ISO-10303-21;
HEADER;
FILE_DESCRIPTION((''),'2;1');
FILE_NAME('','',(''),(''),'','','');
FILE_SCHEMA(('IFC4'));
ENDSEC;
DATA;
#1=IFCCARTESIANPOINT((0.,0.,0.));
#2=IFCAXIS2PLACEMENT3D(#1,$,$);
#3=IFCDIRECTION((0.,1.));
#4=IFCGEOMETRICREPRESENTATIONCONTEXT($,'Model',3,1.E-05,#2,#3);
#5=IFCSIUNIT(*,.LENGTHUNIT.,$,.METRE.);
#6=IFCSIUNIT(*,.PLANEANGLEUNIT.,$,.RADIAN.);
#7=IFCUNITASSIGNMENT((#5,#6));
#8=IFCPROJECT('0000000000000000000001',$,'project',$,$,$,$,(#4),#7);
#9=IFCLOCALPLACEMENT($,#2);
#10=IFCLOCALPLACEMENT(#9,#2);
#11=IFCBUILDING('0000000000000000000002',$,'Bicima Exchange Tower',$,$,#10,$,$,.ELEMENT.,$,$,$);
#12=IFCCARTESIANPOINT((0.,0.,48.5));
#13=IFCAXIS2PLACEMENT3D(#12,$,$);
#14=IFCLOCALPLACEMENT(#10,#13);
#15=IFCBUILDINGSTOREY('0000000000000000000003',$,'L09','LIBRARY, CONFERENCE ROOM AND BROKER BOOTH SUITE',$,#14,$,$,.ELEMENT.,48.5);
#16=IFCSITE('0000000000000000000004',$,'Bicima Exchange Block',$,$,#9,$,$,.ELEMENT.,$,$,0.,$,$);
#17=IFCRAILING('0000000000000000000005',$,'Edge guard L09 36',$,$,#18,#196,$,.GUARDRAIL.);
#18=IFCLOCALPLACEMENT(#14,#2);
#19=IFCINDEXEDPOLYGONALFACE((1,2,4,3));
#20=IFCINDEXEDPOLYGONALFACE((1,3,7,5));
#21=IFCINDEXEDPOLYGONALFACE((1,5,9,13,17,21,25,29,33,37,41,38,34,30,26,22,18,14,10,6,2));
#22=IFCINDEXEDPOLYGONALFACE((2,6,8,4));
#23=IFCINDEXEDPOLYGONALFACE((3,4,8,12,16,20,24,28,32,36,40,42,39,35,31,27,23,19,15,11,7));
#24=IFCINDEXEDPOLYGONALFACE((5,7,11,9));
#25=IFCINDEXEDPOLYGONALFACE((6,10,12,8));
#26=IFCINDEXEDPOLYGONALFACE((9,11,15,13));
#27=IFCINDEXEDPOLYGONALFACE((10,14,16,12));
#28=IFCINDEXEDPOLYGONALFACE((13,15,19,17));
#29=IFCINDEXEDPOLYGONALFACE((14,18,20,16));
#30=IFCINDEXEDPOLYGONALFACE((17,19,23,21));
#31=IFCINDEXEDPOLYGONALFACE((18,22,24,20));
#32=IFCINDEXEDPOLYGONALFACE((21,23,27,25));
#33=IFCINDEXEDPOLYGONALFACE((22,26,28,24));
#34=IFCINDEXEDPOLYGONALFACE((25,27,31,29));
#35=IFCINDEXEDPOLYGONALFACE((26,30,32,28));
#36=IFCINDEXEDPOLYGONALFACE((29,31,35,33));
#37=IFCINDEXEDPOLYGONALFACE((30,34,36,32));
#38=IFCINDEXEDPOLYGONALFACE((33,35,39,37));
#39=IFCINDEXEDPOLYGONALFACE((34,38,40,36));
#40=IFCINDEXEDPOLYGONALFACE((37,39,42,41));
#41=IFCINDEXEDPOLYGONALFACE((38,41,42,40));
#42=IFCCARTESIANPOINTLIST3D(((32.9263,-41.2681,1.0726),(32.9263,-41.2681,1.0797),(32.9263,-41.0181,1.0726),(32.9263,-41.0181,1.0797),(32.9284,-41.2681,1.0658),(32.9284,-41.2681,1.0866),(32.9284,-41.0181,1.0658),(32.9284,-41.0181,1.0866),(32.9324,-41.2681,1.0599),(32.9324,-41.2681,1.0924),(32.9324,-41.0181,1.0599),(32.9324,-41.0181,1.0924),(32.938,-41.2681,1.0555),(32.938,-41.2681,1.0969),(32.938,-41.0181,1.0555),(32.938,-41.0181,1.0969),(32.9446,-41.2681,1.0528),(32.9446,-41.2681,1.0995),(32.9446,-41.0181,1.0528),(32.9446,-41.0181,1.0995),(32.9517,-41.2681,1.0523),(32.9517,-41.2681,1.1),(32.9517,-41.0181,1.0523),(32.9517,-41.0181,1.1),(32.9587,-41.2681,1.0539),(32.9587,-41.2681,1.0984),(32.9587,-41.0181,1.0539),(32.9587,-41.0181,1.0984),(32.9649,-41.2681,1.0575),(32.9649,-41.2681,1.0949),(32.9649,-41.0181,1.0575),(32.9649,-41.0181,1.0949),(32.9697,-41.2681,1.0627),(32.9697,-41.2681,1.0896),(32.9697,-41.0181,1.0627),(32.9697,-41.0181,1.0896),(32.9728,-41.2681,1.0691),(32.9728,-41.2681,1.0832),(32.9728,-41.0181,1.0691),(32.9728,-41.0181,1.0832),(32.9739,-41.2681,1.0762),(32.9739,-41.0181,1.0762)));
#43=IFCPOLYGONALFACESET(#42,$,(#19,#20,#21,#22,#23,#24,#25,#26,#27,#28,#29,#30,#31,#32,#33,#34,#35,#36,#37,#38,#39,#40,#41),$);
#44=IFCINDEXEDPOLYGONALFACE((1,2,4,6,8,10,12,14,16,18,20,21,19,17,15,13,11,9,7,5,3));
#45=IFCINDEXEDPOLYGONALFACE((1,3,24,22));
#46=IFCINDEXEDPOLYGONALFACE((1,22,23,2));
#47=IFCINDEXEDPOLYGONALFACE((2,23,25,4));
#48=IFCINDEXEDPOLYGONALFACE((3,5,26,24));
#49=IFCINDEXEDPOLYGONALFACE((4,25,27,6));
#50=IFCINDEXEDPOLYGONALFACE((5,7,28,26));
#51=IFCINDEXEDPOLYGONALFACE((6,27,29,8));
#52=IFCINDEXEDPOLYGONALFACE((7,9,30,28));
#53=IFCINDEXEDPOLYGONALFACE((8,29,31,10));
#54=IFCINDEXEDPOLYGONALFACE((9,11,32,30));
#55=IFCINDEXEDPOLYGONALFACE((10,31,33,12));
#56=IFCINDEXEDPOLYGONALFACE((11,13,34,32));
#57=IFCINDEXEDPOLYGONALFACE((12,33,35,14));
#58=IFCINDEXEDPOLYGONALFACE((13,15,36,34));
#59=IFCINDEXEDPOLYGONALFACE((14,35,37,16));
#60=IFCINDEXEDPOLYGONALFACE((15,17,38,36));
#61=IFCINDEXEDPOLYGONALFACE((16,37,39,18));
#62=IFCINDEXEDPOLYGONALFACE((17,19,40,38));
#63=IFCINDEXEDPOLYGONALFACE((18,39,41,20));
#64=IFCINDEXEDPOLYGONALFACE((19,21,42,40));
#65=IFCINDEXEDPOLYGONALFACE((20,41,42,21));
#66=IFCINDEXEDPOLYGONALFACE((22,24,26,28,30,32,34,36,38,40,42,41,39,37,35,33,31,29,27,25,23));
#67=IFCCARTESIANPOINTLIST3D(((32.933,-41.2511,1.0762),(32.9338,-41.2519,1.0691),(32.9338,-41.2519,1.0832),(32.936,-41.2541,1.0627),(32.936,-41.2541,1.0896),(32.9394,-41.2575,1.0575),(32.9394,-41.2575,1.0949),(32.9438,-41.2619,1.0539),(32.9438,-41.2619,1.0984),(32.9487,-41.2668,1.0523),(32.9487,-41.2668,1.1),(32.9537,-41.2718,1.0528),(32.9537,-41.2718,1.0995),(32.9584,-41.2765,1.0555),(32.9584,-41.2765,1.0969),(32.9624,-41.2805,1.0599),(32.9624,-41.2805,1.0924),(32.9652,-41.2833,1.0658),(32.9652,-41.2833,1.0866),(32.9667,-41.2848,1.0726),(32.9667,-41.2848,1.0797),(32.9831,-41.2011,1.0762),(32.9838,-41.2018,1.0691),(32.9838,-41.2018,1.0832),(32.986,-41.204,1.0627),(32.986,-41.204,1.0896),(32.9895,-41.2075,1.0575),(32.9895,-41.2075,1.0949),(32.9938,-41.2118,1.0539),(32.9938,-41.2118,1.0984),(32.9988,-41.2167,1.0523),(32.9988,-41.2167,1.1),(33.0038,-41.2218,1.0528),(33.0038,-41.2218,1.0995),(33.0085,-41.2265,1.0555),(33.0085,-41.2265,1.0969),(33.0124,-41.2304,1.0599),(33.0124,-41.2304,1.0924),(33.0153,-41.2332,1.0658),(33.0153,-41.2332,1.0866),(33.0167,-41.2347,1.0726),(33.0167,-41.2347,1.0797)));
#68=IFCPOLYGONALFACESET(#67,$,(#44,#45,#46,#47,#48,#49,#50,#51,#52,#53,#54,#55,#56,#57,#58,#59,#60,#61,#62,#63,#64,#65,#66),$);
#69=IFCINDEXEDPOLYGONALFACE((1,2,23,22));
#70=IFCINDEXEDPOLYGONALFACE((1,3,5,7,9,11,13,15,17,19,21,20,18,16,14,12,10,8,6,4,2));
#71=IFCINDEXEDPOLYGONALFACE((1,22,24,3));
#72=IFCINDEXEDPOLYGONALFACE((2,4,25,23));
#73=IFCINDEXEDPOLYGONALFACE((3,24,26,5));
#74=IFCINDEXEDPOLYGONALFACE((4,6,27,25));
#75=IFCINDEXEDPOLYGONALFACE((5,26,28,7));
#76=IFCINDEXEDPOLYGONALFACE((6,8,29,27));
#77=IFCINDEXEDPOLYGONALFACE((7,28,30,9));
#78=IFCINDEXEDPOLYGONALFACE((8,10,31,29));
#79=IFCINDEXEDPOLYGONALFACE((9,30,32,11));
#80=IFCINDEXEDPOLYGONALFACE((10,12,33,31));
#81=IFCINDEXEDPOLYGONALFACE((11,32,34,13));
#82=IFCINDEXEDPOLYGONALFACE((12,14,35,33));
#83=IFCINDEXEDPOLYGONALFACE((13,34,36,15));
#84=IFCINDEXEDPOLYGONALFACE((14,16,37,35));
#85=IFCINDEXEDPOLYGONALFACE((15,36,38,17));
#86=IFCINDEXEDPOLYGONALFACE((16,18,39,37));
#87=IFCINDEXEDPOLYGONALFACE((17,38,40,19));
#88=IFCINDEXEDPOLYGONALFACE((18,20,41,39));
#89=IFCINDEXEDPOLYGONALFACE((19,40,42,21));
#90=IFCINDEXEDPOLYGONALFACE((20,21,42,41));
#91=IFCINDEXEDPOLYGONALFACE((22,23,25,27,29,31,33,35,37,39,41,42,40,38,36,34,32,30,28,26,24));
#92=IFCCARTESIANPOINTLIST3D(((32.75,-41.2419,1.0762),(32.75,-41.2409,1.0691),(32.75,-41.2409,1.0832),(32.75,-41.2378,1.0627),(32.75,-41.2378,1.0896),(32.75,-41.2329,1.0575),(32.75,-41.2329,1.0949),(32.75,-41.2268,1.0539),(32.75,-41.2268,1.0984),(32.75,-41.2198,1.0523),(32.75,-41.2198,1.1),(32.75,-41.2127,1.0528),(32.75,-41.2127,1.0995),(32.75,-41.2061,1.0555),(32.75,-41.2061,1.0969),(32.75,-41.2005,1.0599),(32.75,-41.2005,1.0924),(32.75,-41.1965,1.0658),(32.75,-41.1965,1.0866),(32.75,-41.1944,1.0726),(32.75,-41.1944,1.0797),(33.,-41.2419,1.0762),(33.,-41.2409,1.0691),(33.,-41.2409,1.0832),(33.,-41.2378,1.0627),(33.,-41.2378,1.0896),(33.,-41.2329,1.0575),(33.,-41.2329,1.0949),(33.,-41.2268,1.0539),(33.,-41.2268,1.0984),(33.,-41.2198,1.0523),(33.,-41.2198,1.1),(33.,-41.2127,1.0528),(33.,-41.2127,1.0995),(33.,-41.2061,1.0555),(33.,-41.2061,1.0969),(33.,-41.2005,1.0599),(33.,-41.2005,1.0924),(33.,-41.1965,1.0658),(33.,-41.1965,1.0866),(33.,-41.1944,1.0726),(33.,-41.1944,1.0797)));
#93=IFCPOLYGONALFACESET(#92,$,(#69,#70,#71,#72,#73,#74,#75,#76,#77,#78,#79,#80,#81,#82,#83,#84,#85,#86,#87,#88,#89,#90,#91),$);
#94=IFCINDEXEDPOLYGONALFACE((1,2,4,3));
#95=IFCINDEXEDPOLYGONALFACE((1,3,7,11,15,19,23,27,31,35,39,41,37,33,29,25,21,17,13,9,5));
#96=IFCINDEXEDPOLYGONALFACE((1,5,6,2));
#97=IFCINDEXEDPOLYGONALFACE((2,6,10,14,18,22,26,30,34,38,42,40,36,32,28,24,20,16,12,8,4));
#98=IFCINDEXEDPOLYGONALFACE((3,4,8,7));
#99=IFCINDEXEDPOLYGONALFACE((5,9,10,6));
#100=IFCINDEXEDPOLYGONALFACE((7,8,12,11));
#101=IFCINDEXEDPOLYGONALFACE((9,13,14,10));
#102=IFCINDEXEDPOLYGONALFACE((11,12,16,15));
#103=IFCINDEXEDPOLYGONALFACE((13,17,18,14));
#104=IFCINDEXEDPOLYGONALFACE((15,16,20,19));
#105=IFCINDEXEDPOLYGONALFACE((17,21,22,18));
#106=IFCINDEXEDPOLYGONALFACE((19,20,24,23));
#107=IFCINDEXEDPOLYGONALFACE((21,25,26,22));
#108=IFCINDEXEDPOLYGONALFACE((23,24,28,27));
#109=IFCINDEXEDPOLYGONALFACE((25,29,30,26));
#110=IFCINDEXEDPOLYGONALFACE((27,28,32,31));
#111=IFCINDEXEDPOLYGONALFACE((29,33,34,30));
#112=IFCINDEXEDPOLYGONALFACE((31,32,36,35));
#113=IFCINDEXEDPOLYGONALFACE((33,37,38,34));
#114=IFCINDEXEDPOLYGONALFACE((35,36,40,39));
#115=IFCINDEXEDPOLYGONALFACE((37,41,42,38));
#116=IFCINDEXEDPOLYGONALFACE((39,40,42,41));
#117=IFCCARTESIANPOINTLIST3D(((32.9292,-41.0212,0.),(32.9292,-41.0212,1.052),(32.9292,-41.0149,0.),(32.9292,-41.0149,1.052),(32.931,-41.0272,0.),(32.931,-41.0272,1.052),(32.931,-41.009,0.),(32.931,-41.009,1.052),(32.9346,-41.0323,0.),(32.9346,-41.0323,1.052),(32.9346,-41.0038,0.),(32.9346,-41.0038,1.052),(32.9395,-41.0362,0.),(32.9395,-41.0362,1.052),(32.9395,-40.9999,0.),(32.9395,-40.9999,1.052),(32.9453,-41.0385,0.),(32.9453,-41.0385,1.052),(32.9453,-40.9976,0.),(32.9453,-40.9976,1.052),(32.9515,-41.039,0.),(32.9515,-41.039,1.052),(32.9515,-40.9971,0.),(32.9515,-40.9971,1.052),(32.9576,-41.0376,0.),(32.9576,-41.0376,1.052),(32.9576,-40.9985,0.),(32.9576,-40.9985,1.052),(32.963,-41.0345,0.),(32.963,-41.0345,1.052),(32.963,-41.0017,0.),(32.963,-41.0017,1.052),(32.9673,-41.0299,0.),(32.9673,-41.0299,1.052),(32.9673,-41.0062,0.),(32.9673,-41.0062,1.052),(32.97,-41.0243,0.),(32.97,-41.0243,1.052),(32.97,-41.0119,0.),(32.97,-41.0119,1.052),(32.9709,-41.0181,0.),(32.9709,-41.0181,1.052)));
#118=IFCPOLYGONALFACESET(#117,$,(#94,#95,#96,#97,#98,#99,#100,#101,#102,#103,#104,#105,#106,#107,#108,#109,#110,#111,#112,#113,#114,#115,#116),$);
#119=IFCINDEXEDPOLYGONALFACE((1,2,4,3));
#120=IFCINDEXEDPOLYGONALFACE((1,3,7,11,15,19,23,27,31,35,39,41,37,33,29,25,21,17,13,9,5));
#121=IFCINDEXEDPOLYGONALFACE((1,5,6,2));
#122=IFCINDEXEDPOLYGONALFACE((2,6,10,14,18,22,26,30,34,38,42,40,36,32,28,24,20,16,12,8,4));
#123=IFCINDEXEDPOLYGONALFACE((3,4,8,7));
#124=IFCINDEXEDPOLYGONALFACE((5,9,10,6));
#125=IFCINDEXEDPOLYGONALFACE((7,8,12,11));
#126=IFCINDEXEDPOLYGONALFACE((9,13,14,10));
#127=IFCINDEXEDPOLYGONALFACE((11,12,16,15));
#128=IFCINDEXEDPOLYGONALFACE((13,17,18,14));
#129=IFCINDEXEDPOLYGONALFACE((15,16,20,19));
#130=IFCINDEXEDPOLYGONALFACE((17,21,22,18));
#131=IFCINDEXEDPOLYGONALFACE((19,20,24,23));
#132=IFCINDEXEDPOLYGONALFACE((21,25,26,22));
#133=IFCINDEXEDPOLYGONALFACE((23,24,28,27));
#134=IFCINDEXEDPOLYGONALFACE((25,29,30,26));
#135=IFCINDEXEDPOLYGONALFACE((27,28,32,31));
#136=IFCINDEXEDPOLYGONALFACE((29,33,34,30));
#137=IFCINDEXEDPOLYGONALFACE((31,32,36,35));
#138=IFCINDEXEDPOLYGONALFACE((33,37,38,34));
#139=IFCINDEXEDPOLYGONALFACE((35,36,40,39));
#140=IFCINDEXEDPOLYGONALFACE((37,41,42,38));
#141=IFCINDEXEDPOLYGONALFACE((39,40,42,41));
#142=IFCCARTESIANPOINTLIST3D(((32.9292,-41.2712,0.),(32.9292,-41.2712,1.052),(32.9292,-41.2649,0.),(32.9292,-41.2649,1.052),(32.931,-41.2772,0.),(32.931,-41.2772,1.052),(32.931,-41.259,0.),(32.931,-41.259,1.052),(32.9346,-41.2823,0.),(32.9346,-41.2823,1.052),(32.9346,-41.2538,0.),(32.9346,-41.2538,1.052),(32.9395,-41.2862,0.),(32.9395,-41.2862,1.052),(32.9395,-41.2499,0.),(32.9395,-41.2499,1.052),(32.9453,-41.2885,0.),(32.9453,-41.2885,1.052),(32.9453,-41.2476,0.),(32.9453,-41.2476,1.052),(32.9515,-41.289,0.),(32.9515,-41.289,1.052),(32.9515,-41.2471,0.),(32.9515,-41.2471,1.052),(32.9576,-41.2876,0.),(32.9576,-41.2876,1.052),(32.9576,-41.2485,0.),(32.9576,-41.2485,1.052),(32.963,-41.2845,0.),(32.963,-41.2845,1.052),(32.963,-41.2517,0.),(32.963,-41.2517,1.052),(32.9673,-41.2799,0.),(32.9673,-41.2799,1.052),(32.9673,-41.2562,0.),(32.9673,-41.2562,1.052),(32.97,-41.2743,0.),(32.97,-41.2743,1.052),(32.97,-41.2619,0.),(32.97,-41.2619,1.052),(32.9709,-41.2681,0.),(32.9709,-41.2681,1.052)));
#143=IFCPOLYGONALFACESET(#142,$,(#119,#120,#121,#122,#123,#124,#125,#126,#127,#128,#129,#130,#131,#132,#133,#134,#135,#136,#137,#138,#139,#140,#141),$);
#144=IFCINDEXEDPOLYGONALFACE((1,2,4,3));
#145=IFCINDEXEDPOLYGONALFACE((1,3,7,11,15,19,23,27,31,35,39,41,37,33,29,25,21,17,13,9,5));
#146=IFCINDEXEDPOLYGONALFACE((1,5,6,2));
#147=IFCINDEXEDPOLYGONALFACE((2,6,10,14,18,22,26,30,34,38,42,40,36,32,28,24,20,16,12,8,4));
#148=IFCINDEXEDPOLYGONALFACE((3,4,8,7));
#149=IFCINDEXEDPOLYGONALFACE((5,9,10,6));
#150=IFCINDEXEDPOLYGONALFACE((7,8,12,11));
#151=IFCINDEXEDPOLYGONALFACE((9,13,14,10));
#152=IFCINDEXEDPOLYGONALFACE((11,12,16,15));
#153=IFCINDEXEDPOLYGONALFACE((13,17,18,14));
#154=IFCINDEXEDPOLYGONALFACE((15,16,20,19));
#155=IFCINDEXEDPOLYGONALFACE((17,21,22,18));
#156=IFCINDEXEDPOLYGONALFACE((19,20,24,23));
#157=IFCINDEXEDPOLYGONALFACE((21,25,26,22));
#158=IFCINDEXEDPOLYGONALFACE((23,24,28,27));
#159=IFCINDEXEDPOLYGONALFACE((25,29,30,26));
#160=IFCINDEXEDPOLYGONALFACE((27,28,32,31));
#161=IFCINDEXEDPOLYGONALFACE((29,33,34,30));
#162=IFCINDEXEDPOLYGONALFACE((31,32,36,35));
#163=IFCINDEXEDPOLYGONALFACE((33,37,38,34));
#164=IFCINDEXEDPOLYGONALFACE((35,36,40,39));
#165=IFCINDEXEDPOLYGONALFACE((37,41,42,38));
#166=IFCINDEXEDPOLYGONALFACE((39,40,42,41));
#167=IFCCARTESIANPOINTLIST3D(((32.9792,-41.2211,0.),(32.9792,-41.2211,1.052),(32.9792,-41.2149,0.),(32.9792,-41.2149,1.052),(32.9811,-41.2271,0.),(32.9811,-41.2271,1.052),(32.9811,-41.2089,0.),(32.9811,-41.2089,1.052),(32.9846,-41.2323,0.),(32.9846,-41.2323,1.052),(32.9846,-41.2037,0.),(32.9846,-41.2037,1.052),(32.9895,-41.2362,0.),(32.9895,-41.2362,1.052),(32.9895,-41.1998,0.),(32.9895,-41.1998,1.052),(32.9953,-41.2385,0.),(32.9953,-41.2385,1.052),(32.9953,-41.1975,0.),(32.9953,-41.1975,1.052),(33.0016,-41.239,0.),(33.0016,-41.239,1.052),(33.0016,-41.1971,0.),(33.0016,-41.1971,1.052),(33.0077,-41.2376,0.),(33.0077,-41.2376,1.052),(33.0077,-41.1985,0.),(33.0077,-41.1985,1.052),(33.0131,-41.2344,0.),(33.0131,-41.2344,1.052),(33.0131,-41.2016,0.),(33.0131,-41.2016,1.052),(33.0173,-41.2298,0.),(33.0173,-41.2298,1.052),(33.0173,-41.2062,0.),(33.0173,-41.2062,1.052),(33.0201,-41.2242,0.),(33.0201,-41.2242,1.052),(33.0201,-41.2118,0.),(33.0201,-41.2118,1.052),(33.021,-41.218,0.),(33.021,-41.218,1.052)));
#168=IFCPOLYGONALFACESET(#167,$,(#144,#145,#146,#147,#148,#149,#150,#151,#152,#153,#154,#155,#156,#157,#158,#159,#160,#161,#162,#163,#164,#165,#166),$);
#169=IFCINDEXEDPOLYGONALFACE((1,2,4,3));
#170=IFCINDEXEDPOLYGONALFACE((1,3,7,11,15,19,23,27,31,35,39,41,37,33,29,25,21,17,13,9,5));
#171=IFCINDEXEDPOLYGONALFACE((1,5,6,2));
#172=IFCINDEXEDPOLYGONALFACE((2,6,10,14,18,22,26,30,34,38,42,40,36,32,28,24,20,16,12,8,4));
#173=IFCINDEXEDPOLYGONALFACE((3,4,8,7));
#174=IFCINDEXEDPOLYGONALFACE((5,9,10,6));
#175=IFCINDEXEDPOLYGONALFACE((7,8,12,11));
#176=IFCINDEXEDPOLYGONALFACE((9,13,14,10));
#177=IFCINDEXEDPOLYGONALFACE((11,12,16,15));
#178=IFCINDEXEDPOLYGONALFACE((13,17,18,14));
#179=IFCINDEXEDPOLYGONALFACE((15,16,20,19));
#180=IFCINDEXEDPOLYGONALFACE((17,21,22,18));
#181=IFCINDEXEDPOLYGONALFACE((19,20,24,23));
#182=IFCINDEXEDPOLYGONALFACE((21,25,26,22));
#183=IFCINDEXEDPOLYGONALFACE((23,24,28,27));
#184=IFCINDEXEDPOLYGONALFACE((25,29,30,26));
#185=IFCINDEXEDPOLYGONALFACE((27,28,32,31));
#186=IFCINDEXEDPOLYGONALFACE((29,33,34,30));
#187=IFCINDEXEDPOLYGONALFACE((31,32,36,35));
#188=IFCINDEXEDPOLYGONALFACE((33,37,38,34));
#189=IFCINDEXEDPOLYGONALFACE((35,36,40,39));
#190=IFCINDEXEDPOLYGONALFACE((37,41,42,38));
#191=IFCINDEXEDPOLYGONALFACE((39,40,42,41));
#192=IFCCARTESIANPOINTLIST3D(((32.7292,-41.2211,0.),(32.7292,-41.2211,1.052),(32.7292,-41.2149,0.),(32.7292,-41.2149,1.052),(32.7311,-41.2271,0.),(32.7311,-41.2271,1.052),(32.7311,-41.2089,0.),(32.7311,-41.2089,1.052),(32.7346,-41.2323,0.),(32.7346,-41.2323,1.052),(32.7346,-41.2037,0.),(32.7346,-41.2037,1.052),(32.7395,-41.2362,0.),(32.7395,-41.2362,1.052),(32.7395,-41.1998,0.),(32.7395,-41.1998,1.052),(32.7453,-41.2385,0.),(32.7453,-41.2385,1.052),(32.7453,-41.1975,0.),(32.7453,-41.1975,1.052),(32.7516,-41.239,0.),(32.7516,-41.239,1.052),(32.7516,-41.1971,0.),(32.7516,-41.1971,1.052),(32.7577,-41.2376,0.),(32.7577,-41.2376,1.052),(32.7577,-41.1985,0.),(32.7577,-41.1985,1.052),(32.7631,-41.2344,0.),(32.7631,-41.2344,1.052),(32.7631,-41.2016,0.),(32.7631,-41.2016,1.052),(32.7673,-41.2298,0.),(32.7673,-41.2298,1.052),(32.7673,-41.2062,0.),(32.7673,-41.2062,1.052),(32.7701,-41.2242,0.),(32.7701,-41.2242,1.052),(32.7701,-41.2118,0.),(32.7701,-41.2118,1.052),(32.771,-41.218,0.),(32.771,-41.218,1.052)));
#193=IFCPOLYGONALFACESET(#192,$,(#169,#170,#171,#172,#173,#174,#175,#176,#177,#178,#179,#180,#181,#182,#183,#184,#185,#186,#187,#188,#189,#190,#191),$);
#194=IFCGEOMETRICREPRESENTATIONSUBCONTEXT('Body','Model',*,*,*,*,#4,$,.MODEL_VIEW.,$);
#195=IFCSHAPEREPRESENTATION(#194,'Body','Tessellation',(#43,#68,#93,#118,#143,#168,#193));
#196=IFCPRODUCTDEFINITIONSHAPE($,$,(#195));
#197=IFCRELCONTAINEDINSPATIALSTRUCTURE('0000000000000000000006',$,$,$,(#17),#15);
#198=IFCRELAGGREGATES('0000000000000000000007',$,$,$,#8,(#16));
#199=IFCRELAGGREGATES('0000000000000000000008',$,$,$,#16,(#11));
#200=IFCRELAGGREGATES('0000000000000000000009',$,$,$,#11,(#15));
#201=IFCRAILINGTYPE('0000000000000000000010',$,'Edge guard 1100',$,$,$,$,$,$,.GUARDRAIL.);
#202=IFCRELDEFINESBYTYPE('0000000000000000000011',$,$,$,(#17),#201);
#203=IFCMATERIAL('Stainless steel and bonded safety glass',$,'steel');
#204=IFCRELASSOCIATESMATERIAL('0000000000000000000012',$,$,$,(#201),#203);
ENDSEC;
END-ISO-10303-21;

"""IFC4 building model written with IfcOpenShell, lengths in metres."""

from ifc_helpers import new_model, si_unit, direction, frame, origin, origin_2d, place, context, subcontext, project, spatial, circle, extrude, material, type_object, element, save


model = new_model("IFC4")

# Units and contexts
model_context = context("Model", 3, precision=1e-05, world=origin(), true_north=direction((0.0, 1.0)))
body_context = subcontext(model_context, "Body", "Model", "MODEL_VIEW")
ifc_project = project(units=[si_unit("LENGTHUNIT", "METRE"), si_unit("PLANEANGLEUNIT", "RADIAN")], contexts=[model_context])

# Site, building, storey
site_placement = place(None, origin())
site = spatial("IfcSite", under=ifc_project, at=site_placement, Name="Bicima Exchange Block", CompositionType="ELEMENT", RefElevation=0.0)
building_placement = place(site_placement, origin())
building = spatial("IfcBuilding", under=site, at=building_placement, Name="Bicima Exchange Tower", CompositionType="ELEMENT")
storey_placement = place(building_placement, frame((0.0, 0.0, 48.5)))
storey = spatial("IfcBuildingStorey", under=building, at=storey_placement, Name="L09", Description="LIBRARY, CONFERENCE ROOM AND BROKER BOOTH SUITE", CompositionType="ELEMENT", Elevation=48.5)

# Railing
ifc_material_1 = material(Name="Stainless steel and bonded safety glass", Category="steel")
railing_type = type_object("IfcRailingType", Name="Edge guard 1100", PredefinedType="GUARDRAIL", material=ifc_material_1)
railing_1_placement = place(storey_placement, frame((32.95, -41.0181, 0.0)))
element("IfcRailing", 1, at=railing_1_placement, inside=storey, type_object=railing_type, Name="Edge guard L09 36", PredefinedType="GUARDRAIL", context=body_context, shape_type="SweptSolid", body=[
    extrude(circle(Radius=0.0239, at=origin_2d()), frame((0.0, 0.0, 1.0762), z_axis=(0.0, -1.0, 0.0), x_axis=(1.0, 0.0, 0.0)), (0.0, 0.0, 1.0), 0.25),
    extrude(circle(Radius=0.0239, at=origin_2d()), frame((0.0, -0.25, 1.0762), z_axis=(0.707107, 0.707107, 0.0), x_axis=(-0.707107, 0.707107, 0.0)), (0.0, 0.0, 1.0), 0.0708),
    extrude(circle(Radius=0.0239, at=origin_2d()), frame((0.05, -0.2, 1.0762), z_axis=(-1.0, 0.0, 0.0), x_axis=(0.0, -1.0, 0.0)), (0.0, 0.0, 1.0), 0.25),
    extrude(circle(Radius=0.021, at=origin_2d()), origin(), (0.0, 0.0, 1.0), 1.052),
    extrude(circle(Radius=0.021, at=origin_2d()), frame((0.0, -0.25, 0.0)), (0.0, 0.0, 1.0), 1.052),
    extrude(circle(Radius=0.021, at=origin_2d()), frame((0.05, -0.2, 0.0)), (0.0, 0.0, 1.0), 1.052),
    extrude(circle(Radius=0.021, at=origin_2d()), frame((-0.2, -0.2, 0.0)), (0.0, 0.0, 1.0), 1.052),
])

save(model, "model.ifc")
